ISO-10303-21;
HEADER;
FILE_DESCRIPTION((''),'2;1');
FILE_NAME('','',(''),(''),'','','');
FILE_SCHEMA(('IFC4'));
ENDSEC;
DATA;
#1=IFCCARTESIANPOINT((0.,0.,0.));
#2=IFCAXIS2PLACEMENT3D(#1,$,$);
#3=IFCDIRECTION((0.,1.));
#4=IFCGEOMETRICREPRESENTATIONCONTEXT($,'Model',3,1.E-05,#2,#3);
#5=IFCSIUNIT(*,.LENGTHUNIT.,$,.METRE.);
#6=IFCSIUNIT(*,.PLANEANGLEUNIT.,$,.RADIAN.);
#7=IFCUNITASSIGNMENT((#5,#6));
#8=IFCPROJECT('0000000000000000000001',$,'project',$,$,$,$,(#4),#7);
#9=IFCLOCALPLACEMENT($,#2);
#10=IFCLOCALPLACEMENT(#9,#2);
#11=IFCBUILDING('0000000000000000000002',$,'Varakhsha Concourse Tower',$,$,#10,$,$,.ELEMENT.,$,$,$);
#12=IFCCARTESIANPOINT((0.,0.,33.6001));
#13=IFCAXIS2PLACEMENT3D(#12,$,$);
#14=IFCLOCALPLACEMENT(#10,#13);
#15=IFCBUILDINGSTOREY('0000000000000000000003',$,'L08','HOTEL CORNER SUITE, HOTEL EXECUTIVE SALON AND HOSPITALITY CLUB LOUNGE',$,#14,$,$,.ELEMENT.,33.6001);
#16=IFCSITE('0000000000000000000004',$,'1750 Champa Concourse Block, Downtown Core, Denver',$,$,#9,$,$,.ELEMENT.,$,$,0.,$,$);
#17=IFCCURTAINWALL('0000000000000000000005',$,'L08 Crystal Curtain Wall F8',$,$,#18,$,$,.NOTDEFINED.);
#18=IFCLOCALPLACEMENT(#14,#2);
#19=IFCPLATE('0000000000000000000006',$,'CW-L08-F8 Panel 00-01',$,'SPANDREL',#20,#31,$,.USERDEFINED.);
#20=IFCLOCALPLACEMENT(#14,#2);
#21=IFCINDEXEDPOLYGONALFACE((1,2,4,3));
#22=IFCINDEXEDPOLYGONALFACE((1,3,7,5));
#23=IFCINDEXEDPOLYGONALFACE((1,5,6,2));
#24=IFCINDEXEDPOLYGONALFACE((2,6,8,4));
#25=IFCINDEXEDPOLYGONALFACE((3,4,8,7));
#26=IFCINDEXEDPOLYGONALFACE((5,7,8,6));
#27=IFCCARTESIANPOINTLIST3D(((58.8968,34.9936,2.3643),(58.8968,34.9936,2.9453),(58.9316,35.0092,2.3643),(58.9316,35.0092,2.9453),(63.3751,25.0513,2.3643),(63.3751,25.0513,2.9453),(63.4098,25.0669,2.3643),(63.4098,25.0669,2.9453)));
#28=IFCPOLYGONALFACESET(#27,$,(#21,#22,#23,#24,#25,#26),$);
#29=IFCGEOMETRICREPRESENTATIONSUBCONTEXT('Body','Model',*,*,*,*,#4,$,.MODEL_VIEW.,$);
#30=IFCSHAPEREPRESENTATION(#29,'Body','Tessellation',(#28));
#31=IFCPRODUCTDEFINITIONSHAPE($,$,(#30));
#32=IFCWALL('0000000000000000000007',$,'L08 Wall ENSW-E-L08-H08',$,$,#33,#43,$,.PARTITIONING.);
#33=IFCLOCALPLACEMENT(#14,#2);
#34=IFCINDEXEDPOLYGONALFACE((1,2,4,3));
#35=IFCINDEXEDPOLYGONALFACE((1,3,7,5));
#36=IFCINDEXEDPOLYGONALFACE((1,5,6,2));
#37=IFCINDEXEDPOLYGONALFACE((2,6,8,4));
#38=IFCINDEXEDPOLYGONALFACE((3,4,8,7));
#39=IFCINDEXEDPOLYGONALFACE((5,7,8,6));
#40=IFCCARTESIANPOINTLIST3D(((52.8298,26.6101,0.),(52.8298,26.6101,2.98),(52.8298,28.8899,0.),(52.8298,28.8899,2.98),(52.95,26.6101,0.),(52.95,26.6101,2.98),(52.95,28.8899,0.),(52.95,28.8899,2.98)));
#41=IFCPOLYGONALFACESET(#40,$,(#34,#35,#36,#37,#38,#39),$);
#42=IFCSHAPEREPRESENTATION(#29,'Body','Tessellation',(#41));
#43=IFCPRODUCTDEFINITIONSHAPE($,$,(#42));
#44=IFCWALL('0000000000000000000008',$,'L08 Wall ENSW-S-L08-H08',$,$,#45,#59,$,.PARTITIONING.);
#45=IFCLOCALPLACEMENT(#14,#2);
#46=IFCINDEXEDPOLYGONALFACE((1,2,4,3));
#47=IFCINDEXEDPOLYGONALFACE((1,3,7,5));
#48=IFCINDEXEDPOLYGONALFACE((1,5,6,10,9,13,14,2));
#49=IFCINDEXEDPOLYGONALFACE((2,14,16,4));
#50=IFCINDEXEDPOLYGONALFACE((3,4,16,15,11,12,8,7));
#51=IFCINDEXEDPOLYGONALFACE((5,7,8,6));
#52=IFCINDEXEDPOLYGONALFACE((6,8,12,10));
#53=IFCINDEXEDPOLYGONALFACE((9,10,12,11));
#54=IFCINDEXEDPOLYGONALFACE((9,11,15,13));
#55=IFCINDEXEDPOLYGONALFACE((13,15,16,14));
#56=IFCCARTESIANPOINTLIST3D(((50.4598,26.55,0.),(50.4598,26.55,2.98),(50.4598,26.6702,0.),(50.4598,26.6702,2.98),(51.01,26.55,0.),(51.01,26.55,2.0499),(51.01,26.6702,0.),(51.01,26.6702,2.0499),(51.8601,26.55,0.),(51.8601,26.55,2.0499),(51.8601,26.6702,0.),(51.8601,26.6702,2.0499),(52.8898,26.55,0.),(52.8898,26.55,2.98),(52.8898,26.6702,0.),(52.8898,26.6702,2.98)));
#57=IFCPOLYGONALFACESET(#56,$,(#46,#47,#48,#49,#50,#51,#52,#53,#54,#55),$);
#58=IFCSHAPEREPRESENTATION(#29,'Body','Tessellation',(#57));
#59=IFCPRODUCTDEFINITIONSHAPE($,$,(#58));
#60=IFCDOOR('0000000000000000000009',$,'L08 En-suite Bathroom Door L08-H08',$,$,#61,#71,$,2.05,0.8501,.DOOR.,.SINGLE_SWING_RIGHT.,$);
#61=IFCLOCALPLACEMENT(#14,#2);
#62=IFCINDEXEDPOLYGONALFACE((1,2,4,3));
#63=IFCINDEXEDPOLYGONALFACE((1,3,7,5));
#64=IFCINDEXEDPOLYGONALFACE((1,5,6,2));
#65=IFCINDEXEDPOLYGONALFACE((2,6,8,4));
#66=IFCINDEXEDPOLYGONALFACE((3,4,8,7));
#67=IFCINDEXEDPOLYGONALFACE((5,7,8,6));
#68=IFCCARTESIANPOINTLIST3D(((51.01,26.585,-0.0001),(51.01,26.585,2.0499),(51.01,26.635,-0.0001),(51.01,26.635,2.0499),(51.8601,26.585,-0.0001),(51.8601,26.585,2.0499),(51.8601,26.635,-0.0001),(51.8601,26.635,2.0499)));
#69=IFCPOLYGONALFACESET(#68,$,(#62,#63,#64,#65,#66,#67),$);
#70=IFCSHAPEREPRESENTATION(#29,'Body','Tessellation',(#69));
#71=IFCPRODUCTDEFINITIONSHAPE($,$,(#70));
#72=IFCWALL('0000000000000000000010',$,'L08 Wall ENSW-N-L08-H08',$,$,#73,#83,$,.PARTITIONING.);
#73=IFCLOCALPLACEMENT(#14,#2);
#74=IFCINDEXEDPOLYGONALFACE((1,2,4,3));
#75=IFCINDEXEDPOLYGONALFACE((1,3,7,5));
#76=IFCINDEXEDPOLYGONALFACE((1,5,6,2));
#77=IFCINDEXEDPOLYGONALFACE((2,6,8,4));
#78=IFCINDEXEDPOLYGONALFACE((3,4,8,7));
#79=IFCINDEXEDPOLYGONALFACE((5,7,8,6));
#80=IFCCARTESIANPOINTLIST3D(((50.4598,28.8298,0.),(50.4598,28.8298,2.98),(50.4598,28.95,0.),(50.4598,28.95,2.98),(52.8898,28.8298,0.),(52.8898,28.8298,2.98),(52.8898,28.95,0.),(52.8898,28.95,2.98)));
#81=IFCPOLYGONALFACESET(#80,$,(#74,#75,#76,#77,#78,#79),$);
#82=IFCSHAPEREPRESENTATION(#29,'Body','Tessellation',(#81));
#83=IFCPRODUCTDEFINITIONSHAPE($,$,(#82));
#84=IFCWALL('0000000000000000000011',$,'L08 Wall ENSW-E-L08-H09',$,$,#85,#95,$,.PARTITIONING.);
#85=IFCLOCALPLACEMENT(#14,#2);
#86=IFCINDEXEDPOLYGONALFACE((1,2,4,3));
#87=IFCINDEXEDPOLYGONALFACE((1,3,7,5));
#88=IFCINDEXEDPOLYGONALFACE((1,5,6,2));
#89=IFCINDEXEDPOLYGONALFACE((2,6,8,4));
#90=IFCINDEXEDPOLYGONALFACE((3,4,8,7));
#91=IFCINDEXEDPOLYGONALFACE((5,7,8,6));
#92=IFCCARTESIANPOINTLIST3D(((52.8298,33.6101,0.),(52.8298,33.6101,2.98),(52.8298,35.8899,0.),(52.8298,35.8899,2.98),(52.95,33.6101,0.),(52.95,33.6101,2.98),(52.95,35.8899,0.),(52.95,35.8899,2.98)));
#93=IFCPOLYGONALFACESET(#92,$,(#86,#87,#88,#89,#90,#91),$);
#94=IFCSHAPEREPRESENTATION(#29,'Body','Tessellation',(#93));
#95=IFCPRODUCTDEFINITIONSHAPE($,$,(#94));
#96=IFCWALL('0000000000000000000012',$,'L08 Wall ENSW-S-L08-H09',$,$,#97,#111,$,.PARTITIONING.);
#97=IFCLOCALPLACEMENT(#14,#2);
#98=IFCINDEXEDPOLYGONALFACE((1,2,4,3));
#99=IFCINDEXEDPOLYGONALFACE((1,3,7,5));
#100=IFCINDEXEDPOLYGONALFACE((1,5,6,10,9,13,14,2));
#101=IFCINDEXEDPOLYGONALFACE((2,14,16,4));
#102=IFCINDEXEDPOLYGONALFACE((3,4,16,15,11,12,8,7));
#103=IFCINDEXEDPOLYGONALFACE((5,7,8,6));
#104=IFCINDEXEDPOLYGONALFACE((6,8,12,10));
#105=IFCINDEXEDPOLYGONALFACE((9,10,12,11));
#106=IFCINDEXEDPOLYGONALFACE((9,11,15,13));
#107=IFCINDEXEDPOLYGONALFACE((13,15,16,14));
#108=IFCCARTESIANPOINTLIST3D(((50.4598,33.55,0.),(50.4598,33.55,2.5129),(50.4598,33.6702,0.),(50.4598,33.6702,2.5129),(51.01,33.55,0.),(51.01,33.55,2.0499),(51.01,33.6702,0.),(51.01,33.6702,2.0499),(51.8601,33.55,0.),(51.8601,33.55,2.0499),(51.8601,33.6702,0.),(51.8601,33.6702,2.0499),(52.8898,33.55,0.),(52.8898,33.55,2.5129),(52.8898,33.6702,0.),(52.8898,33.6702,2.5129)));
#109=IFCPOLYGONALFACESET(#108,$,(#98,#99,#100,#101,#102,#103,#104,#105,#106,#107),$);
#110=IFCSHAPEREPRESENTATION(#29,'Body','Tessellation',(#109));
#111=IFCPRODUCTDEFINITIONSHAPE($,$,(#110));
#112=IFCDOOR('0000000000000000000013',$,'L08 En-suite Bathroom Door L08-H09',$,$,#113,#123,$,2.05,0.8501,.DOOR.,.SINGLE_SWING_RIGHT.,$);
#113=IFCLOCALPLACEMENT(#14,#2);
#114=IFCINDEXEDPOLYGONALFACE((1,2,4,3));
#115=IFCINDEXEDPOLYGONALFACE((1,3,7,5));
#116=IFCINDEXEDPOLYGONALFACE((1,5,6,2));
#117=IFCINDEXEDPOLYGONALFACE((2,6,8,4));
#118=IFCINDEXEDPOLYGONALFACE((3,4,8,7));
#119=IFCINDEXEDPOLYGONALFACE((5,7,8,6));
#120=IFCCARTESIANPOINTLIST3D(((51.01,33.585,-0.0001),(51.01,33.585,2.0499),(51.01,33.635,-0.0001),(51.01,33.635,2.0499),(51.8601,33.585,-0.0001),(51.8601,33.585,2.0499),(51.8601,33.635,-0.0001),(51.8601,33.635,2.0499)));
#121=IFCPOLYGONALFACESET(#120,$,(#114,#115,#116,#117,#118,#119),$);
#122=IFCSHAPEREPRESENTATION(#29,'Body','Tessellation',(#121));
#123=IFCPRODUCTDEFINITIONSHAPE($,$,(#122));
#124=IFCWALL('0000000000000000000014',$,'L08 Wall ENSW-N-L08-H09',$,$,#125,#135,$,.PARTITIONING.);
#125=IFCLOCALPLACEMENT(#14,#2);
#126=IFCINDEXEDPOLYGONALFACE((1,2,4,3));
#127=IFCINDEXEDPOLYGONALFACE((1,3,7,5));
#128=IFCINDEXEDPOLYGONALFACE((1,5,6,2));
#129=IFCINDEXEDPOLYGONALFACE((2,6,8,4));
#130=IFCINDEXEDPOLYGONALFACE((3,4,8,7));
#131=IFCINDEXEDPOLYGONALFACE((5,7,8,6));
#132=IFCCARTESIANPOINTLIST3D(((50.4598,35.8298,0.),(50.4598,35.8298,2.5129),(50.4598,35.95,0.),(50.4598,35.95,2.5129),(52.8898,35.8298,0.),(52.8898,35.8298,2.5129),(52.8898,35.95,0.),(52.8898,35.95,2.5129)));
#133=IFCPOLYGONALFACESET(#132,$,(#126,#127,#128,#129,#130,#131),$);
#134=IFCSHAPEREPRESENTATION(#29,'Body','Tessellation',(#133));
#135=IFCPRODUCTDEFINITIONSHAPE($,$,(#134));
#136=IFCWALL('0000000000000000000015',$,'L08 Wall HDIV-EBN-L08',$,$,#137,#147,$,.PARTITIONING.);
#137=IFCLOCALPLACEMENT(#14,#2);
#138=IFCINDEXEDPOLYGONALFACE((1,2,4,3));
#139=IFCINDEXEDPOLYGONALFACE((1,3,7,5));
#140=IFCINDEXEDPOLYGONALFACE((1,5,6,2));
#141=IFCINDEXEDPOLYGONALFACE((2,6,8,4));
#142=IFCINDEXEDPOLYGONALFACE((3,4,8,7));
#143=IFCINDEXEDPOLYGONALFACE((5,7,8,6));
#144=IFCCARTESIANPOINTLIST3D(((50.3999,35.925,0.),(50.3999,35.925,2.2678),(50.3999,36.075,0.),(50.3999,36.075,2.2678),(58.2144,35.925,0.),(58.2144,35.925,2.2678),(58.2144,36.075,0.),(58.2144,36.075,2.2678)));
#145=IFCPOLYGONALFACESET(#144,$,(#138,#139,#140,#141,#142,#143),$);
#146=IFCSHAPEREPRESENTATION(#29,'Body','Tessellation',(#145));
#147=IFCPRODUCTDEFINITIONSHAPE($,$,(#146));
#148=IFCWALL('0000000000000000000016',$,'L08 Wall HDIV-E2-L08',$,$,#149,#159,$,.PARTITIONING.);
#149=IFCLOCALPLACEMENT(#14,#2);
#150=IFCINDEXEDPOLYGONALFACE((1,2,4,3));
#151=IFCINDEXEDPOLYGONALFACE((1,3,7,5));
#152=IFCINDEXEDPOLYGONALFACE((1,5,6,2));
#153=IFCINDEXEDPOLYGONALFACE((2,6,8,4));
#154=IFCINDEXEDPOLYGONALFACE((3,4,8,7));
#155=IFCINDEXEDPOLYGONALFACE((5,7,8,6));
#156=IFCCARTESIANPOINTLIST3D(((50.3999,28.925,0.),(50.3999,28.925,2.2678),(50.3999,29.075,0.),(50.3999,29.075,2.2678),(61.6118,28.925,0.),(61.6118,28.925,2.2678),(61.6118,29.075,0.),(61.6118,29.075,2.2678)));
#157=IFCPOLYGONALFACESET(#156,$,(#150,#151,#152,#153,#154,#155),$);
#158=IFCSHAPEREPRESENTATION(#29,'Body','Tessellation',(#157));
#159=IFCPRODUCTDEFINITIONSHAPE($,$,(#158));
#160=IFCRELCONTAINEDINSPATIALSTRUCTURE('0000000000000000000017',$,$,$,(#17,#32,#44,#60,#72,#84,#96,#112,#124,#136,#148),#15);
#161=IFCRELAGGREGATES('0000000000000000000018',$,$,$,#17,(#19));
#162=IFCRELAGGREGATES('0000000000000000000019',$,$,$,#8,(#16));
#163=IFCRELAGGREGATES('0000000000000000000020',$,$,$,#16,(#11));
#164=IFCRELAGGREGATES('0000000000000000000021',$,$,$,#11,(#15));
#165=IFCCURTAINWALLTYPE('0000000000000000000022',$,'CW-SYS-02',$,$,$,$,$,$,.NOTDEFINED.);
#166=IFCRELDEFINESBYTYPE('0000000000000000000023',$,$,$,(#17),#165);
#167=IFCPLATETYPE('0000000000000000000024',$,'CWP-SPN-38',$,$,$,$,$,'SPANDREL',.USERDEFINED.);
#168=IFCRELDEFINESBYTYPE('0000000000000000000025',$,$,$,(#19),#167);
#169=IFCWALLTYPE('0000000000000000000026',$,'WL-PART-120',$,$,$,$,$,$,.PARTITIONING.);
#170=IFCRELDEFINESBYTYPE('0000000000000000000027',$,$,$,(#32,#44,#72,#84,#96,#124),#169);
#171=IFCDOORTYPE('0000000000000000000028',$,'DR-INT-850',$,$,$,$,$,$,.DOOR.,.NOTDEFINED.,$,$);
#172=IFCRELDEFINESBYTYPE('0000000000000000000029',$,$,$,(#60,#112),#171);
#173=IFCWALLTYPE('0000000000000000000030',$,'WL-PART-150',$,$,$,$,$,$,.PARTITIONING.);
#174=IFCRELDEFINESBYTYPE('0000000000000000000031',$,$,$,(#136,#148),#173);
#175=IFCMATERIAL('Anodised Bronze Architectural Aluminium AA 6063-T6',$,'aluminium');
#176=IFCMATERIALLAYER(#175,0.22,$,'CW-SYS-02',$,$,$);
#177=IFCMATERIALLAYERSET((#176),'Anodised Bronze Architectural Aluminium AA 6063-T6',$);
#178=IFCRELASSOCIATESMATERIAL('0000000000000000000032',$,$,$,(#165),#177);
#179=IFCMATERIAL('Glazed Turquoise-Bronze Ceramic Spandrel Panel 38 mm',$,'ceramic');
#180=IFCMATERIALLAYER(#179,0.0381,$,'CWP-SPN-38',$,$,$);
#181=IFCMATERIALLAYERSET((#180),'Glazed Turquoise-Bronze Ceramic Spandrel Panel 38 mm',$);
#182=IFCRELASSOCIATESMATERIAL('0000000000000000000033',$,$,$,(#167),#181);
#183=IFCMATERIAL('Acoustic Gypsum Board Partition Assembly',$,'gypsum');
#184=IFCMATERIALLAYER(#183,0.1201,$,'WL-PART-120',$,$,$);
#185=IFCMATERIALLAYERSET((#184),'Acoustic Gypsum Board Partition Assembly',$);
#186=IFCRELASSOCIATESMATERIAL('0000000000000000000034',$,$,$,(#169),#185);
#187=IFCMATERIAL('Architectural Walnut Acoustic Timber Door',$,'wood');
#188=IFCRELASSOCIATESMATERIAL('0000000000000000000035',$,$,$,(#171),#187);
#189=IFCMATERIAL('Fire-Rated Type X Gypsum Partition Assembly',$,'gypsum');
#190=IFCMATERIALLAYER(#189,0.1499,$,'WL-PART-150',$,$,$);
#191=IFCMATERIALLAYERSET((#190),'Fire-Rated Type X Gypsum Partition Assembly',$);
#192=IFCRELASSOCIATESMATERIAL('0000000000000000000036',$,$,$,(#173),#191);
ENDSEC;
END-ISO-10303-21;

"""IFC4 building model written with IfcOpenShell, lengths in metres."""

from ifc_helpers import new_model, si_unit, direction, frame, frame_2d, origin, origin_2d, place, context, subcontext, project, spatial, rectangle, extrude, source, transform, mapped, material, layer, layer_set, type_object, type_shapes, element, fill, aggregate, save


model = new_model("IFC4")

# Units and contexts
model_context = context("Model", 3, precision=1e-05, world=origin(), true_north=direction((0.0, 1.0)))
body_context = subcontext(model_context, "Body", "Model", "MODEL_VIEW")
ifc_project = project(units=[si_unit("LENGTHUNIT", "METRE"), si_unit("PLANEANGLEUNIT", "RADIAN")], contexts=[model_context])

# Site, building, storey
site_placement = place(None, origin())
site = spatial("IfcSite", under=ifc_project, at=site_placement, Name="1750 Champa Concourse Block, Downtown Core, Denver", CompositionType="ELEMENT", RefElevation=0.0)
building_placement = place(site_placement, origin())
building = spatial("IfcBuilding", under=site, at=building_placement, Name="Varakhsha Concourse Tower", CompositionType="ELEMENT")
storey_placement = place(building_placement, frame((0.0, 0.0, 33.6001)))
storey = spatial("IfcBuildingStorey", under=building, at=storey_placement, Name="L08", Description="HOTEL CORNER SUITE, HOTEL EXECUTIVE SALON AND HOSPITALITY CLUB LOUNGE", CompositionType="ELEMENT", Elevation=33.6001)

# Curtain wall
ifc_material_1 = material(Name="Anodised Bronze Architectural Aluminium AA 6063-T6", Category="aluminium")
ifc_layer_1 = layer(ifc_material_1, 0.22, Name="CW-SYS-02")
ifc_layer_set_1 = layer_set([ifc_layer_1], Name="Anodised Bronze Architectural Aluminium AA 6063-T6")
curtain_wall_type = type_object("IfcCurtainWallType", Name="CW-SYS-02", PredefinedType="NOTDEFINED", material=ifc_layer_set_1)
curtain_wall_1_placement = place(storey_placement, origin())
curtain_wall_1 = element("IfcCurtainWall", 1, at=curtain_wall_1_placement, inside=storey, type_object=curtain_wall_type, Name="L08 Crystal Curtain Wall F8", PredefinedType="NOTDEFINED")

# Plate
ifc_material_2 = material(Name="Glazed Turquoise-Bronze Ceramic Spandrel Panel 38 mm", Category="ceramic")
ifc_layer_2 = layer(ifc_material_2, 0.0381, Name="CWP-SPN-38")
ifc_layer_set_2 = layer_set([ifc_layer_2], Name="Glazed Turquoise-Bronze Ceramic Spandrel Panel 38 mm")
plate_type_1 = type_object("IfcPlateType", Name="CWP-SPN-38", ElementType="SPANDREL", PredefinedType="USERDEFINED", material=ifc_layer_set_2)
shared_shape_1 = source(origin(), body_context, "Body", "SweptSolid", [
    extrude(rectangle(XDim=10.9043, YDim=0.0381, at=origin_2d()), origin(), (0.0, 0.0, 1.0), 0.5811),
])
type_shapes(plate_type_1, [shared_shape_1])
plate_1_placement = place(storey_placement, frame((61.1533, 30.0303, 2.3643), z_axis=(0.0, 0.0, 1.0), x_axis=(0.410684, -0.911778, 0.0)))
plate_1 = element("IfcPlate", 2, at=plate_1_placement, type_object=plate_type_1, Name="CW-L08-F8 Panel 00-01", ObjectType="SPANDREL", PredefinedType="USERDEFINED", context=body_context, shape_type="MappedRepresentation", body=[
    mapped(shared_shape_1, transform((0.0, 0.0, 0.0), scale=1.0)),
])
aggregate(curtain_wall_1, [plate_1])

# Wall
ifc_material_3 = material(Name="Acoustic Gypsum Board Partition Assembly", Category="gypsum")
ifc_layer_3 = layer(ifc_material_3, 0.1201, Name="WL-PART-120")
ifc_layer_set_3 = layer_set([ifc_layer_3], Name="Acoustic Gypsum Board Partition Assembly")
wall_type_1 = type_object("IfcWallType", Name="WL-PART-120", PredefinedType="PARTITIONING", material=ifc_layer_set_3)
wall_1_placement = place(storey_placement, frame((52.8899, 26.6101, 0.0), z_axis=(0.0, 0.0, 1.0), x_axis=(0.0, 1.0, 0.0)))
element("IfcWall", 3, at=wall_1_placement, inside=storey, type_object=wall_type_1, Name="L08 Wall ENSW-E-L08-H08", PredefinedType="PARTITIONING", context=body_context, shape_type="SweptSolid", body=[
    extrude(rectangle(XDim=2.2798, YDim=0.1201, at=frame_2d((1.1399, 0.0))), origin(), (0.0, 0.0, 1.0), 2.98),
])

# Wall, opening, door
wall_2_placement = place(storey_placement, frame((50.46, 26.6101, 0.0), z_axis=(0.0, 0.0, 1.0), x_axis=(1.0, 0.0, 0.0)))
wall_2 = element("IfcWall", 4, at=wall_2_placement, inside=storey, type_object=wall_type_1, Name="L08 Wall ENSW-S-L08-H08", PredefinedType="PARTITIONING", context=body_context, shape_type="SweptSolid", body=[
    extrude(rectangle(XDim=2.4299, YDim=0.1201, at=frame_2d((1.2148, 0.0))), origin(), (0.0, 0.0, 1.0), 2.98),
])
opening_1_placement = place(wall_2_placement, frame((0.55, 0.0, 0.0)))
opening_1 = element("IfcOpeningElement", 5, at=opening_1_placement, cuts=wall_2, PredefinedType="OPENING", context=body_context, shape_type="SweptSolid", body=[
    extrude(rectangle(XDim=0.8501, YDim=2.05, at=frame_2d((0.425, 1.0249))), frame((0.0, 0.0701, 0.0), z_axis=(0.0, -1.0, 0.0), x_axis=(1.0, 0.0, 0.0)), (0.0, 0.0, 1.0), 0.1401),
])
ifc_material_4 = material(Name="Architectural Walnut Acoustic Timber Door", Category="wood")
door_type = type_object("IfcDoorType", Name="DR-INT-850", OperationType="NOTDEFINED", PredefinedType="DOOR", material=ifc_material_4)
door_1_placement = place(opening_1_placement, origin())
door_1 = element("IfcDoor", 6, at=door_1_placement, inside=storey, type_object=door_type, Name="L08 En-suite Bathroom Door L08-H08", OperationType="SINGLE_SWING_RIGHT", OverallHeight=2.05, OverallWidth=0.8501, PredefinedType="DOOR", context=body_context, shape_type="SweptSolid", body=[
    extrude(rectangle(XDim=0.8501, YDim=2.05, at=frame_2d((0.425, 1.0249))), frame((0.0, 0.0249, 0.0), z_axis=(0.0, -1.0, 0.0), x_axis=(1.0, 0.0, 0.0)), (0.0, 0.0, 1.0), 0.05),
])
fill(opening_1, door_1)

# Walls
wall_3_placement = place(storey_placement, frame((50.46, 28.8899, 0.0), z_axis=(0.0, 0.0, 1.0), x_axis=(1.0, 0.0, 0.0)))
element("IfcWall", 7, at=wall_3_placement, inside=storey, type_object=wall_type_1, Name="L08 Wall ENSW-N-L08-H08", PredefinedType="PARTITIONING", context=body_context, shape_type="SweptSolid", body=[
    extrude(rectangle(XDim=2.4299, YDim=0.1201, at=frame_2d((1.2148, 0.0))), origin(), (0.0, 0.0, 1.0), 2.98),
])
wall_4_placement = place(storey_placement, frame((52.8899, 33.6101, 0.0), z_axis=(0.0, 0.0, 1.0), x_axis=(0.0, 1.0, 0.0)))
element("IfcWall", 8, at=wall_4_placement, inside=storey, type_object=wall_type_1, Name="L08 Wall ENSW-E-L08-H09", PredefinedType="PARTITIONING", context=body_context, shape_type="SweptSolid", body=[
    extrude(rectangle(XDim=2.2798, YDim=0.1201, at=frame_2d((1.1399, 0.0))), origin(), (0.0, 0.0, 1.0), 2.98),
])

# Wall, opening, door
wall_5_placement = place(storey_placement, frame((50.46, 33.6101, 0.0), z_axis=(0.0, 0.0, 1.0), x_axis=(1.0, 0.0, 0.0)))
wall_5 = element("IfcWall", 9, at=wall_5_placement, inside=storey, type_object=wall_type_1, Name="L08 Wall ENSW-S-L08-H09", PredefinedType="PARTITIONING", context=body_context, shape_type="SweptSolid", body=[
    extrude(rectangle(XDim=2.4299, YDim=0.1201, at=frame_2d((1.2148, 0.0))), origin(), (0.0, 0.0, 1.0), 2.5129),
])
opening_2_placement = place(wall_5_placement, frame((0.55, 0.0, 0.0)))
opening_2 = element("IfcOpeningElement", 10, at=opening_2_placement, cuts=wall_5, PredefinedType="OPENING", context=body_context, shape_type="SweptSolid", body=[
    extrude(rectangle(XDim=0.8501, YDim=2.05, at=frame_2d((0.425, 1.0249))), frame((0.0, 0.0701, 0.0), z_axis=(0.0, -1.0, 0.0), x_axis=(1.0, 0.0, 0.0)), (0.0, 0.0, 1.0), 0.1401),
])
door_2_placement = place(opening_2_placement, origin())
door_2 = element("IfcDoor", 11, at=door_2_placement, inside=storey, type_object=door_type, Name="L08 En-suite Bathroom Door L08-H09", OperationType="SINGLE_SWING_RIGHT", OverallHeight=2.05, OverallWidth=0.8501, PredefinedType="DOOR", context=body_context, shape_type="SweptSolid", body=[
    extrude(rectangle(XDim=0.8501, YDim=2.05, at=frame_2d((0.425, 1.0249))), frame((0.0, 0.0249, 0.0), z_axis=(0.0, -1.0, 0.0), x_axis=(1.0, 0.0, 0.0)), (0.0, 0.0, 1.0), 0.05),
])
fill(opening_2, door_2)

# Walls
wall_6_placement = place(storey_placement, frame((50.46, 35.8899, 0.0), z_axis=(0.0, 0.0, 1.0), x_axis=(1.0, 0.0, 0.0)))
element("IfcWall", 12, at=wall_6_placement, inside=storey, type_object=wall_type_1, Name="L08 Wall ENSW-N-L08-H09", PredefinedType="PARTITIONING", context=body_context, shape_type="SweptSolid", body=[
    extrude(rectangle(XDim=2.4299, YDim=0.1201, at=frame_2d((1.2148, 0.0))), origin(), (0.0, 0.0, 1.0), 2.5129),
])
ifc_material_5 = material(Name="Fire-Rated Type X Gypsum Partition Assembly", Category="gypsum")
ifc_layer_4 = layer(ifc_material_5, 0.1499, Name="WL-PART-150")
ifc_layer_set_4 = layer_set([ifc_layer_4], Name="Fire-Rated Type X Gypsum Partition Assembly")
wall_type_2 = type_object("IfcWallType", Name="WL-PART-150", PredefinedType="PARTITIONING", material=ifc_layer_set_4)
wall_7_placement = place(storey_placement, frame((50.3999, 36.0, 0.0), z_axis=(0.0, 0.0, 1.0), x_axis=(1.0, 0.0, 0.0)))
element("IfcWall", 13, at=wall_7_placement, inside=storey, type_object=wall_type_2, Name="L08 Wall HDIV-EBN-L08", PredefinedType="PARTITIONING", context=body_context, shape_type="SweptSolid", body=[
    extrude(rectangle(XDim=7.8145, YDim=0.1499, at=frame_2d((3.9072, 0.0))), origin(), (0.0, 0.0, 1.0), 2.2678),
])
wall_8_placement = place(storey_placement, frame((50.3999, 29.0, 0.0), z_axis=(0.0, 0.0, 1.0), x_axis=(1.0, 0.0, 0.0)))
element("IfcWall", 14, at=wall_8_placement, inside=storey, type_object=wall_type_2, Name="L08 Wall HDIV-E2-L08", PredefinedType="PARTITIONING", context=body_context, shape_type="SweptSolid", body=[
    extrude(rectangle(XDim=11.2119, YDim=0.1499, at=frame_2d((5.606, 0.0))), origin(), (0.0, 0.0, 1.0), 2.2678),
])

save(model, "model.ifc")
